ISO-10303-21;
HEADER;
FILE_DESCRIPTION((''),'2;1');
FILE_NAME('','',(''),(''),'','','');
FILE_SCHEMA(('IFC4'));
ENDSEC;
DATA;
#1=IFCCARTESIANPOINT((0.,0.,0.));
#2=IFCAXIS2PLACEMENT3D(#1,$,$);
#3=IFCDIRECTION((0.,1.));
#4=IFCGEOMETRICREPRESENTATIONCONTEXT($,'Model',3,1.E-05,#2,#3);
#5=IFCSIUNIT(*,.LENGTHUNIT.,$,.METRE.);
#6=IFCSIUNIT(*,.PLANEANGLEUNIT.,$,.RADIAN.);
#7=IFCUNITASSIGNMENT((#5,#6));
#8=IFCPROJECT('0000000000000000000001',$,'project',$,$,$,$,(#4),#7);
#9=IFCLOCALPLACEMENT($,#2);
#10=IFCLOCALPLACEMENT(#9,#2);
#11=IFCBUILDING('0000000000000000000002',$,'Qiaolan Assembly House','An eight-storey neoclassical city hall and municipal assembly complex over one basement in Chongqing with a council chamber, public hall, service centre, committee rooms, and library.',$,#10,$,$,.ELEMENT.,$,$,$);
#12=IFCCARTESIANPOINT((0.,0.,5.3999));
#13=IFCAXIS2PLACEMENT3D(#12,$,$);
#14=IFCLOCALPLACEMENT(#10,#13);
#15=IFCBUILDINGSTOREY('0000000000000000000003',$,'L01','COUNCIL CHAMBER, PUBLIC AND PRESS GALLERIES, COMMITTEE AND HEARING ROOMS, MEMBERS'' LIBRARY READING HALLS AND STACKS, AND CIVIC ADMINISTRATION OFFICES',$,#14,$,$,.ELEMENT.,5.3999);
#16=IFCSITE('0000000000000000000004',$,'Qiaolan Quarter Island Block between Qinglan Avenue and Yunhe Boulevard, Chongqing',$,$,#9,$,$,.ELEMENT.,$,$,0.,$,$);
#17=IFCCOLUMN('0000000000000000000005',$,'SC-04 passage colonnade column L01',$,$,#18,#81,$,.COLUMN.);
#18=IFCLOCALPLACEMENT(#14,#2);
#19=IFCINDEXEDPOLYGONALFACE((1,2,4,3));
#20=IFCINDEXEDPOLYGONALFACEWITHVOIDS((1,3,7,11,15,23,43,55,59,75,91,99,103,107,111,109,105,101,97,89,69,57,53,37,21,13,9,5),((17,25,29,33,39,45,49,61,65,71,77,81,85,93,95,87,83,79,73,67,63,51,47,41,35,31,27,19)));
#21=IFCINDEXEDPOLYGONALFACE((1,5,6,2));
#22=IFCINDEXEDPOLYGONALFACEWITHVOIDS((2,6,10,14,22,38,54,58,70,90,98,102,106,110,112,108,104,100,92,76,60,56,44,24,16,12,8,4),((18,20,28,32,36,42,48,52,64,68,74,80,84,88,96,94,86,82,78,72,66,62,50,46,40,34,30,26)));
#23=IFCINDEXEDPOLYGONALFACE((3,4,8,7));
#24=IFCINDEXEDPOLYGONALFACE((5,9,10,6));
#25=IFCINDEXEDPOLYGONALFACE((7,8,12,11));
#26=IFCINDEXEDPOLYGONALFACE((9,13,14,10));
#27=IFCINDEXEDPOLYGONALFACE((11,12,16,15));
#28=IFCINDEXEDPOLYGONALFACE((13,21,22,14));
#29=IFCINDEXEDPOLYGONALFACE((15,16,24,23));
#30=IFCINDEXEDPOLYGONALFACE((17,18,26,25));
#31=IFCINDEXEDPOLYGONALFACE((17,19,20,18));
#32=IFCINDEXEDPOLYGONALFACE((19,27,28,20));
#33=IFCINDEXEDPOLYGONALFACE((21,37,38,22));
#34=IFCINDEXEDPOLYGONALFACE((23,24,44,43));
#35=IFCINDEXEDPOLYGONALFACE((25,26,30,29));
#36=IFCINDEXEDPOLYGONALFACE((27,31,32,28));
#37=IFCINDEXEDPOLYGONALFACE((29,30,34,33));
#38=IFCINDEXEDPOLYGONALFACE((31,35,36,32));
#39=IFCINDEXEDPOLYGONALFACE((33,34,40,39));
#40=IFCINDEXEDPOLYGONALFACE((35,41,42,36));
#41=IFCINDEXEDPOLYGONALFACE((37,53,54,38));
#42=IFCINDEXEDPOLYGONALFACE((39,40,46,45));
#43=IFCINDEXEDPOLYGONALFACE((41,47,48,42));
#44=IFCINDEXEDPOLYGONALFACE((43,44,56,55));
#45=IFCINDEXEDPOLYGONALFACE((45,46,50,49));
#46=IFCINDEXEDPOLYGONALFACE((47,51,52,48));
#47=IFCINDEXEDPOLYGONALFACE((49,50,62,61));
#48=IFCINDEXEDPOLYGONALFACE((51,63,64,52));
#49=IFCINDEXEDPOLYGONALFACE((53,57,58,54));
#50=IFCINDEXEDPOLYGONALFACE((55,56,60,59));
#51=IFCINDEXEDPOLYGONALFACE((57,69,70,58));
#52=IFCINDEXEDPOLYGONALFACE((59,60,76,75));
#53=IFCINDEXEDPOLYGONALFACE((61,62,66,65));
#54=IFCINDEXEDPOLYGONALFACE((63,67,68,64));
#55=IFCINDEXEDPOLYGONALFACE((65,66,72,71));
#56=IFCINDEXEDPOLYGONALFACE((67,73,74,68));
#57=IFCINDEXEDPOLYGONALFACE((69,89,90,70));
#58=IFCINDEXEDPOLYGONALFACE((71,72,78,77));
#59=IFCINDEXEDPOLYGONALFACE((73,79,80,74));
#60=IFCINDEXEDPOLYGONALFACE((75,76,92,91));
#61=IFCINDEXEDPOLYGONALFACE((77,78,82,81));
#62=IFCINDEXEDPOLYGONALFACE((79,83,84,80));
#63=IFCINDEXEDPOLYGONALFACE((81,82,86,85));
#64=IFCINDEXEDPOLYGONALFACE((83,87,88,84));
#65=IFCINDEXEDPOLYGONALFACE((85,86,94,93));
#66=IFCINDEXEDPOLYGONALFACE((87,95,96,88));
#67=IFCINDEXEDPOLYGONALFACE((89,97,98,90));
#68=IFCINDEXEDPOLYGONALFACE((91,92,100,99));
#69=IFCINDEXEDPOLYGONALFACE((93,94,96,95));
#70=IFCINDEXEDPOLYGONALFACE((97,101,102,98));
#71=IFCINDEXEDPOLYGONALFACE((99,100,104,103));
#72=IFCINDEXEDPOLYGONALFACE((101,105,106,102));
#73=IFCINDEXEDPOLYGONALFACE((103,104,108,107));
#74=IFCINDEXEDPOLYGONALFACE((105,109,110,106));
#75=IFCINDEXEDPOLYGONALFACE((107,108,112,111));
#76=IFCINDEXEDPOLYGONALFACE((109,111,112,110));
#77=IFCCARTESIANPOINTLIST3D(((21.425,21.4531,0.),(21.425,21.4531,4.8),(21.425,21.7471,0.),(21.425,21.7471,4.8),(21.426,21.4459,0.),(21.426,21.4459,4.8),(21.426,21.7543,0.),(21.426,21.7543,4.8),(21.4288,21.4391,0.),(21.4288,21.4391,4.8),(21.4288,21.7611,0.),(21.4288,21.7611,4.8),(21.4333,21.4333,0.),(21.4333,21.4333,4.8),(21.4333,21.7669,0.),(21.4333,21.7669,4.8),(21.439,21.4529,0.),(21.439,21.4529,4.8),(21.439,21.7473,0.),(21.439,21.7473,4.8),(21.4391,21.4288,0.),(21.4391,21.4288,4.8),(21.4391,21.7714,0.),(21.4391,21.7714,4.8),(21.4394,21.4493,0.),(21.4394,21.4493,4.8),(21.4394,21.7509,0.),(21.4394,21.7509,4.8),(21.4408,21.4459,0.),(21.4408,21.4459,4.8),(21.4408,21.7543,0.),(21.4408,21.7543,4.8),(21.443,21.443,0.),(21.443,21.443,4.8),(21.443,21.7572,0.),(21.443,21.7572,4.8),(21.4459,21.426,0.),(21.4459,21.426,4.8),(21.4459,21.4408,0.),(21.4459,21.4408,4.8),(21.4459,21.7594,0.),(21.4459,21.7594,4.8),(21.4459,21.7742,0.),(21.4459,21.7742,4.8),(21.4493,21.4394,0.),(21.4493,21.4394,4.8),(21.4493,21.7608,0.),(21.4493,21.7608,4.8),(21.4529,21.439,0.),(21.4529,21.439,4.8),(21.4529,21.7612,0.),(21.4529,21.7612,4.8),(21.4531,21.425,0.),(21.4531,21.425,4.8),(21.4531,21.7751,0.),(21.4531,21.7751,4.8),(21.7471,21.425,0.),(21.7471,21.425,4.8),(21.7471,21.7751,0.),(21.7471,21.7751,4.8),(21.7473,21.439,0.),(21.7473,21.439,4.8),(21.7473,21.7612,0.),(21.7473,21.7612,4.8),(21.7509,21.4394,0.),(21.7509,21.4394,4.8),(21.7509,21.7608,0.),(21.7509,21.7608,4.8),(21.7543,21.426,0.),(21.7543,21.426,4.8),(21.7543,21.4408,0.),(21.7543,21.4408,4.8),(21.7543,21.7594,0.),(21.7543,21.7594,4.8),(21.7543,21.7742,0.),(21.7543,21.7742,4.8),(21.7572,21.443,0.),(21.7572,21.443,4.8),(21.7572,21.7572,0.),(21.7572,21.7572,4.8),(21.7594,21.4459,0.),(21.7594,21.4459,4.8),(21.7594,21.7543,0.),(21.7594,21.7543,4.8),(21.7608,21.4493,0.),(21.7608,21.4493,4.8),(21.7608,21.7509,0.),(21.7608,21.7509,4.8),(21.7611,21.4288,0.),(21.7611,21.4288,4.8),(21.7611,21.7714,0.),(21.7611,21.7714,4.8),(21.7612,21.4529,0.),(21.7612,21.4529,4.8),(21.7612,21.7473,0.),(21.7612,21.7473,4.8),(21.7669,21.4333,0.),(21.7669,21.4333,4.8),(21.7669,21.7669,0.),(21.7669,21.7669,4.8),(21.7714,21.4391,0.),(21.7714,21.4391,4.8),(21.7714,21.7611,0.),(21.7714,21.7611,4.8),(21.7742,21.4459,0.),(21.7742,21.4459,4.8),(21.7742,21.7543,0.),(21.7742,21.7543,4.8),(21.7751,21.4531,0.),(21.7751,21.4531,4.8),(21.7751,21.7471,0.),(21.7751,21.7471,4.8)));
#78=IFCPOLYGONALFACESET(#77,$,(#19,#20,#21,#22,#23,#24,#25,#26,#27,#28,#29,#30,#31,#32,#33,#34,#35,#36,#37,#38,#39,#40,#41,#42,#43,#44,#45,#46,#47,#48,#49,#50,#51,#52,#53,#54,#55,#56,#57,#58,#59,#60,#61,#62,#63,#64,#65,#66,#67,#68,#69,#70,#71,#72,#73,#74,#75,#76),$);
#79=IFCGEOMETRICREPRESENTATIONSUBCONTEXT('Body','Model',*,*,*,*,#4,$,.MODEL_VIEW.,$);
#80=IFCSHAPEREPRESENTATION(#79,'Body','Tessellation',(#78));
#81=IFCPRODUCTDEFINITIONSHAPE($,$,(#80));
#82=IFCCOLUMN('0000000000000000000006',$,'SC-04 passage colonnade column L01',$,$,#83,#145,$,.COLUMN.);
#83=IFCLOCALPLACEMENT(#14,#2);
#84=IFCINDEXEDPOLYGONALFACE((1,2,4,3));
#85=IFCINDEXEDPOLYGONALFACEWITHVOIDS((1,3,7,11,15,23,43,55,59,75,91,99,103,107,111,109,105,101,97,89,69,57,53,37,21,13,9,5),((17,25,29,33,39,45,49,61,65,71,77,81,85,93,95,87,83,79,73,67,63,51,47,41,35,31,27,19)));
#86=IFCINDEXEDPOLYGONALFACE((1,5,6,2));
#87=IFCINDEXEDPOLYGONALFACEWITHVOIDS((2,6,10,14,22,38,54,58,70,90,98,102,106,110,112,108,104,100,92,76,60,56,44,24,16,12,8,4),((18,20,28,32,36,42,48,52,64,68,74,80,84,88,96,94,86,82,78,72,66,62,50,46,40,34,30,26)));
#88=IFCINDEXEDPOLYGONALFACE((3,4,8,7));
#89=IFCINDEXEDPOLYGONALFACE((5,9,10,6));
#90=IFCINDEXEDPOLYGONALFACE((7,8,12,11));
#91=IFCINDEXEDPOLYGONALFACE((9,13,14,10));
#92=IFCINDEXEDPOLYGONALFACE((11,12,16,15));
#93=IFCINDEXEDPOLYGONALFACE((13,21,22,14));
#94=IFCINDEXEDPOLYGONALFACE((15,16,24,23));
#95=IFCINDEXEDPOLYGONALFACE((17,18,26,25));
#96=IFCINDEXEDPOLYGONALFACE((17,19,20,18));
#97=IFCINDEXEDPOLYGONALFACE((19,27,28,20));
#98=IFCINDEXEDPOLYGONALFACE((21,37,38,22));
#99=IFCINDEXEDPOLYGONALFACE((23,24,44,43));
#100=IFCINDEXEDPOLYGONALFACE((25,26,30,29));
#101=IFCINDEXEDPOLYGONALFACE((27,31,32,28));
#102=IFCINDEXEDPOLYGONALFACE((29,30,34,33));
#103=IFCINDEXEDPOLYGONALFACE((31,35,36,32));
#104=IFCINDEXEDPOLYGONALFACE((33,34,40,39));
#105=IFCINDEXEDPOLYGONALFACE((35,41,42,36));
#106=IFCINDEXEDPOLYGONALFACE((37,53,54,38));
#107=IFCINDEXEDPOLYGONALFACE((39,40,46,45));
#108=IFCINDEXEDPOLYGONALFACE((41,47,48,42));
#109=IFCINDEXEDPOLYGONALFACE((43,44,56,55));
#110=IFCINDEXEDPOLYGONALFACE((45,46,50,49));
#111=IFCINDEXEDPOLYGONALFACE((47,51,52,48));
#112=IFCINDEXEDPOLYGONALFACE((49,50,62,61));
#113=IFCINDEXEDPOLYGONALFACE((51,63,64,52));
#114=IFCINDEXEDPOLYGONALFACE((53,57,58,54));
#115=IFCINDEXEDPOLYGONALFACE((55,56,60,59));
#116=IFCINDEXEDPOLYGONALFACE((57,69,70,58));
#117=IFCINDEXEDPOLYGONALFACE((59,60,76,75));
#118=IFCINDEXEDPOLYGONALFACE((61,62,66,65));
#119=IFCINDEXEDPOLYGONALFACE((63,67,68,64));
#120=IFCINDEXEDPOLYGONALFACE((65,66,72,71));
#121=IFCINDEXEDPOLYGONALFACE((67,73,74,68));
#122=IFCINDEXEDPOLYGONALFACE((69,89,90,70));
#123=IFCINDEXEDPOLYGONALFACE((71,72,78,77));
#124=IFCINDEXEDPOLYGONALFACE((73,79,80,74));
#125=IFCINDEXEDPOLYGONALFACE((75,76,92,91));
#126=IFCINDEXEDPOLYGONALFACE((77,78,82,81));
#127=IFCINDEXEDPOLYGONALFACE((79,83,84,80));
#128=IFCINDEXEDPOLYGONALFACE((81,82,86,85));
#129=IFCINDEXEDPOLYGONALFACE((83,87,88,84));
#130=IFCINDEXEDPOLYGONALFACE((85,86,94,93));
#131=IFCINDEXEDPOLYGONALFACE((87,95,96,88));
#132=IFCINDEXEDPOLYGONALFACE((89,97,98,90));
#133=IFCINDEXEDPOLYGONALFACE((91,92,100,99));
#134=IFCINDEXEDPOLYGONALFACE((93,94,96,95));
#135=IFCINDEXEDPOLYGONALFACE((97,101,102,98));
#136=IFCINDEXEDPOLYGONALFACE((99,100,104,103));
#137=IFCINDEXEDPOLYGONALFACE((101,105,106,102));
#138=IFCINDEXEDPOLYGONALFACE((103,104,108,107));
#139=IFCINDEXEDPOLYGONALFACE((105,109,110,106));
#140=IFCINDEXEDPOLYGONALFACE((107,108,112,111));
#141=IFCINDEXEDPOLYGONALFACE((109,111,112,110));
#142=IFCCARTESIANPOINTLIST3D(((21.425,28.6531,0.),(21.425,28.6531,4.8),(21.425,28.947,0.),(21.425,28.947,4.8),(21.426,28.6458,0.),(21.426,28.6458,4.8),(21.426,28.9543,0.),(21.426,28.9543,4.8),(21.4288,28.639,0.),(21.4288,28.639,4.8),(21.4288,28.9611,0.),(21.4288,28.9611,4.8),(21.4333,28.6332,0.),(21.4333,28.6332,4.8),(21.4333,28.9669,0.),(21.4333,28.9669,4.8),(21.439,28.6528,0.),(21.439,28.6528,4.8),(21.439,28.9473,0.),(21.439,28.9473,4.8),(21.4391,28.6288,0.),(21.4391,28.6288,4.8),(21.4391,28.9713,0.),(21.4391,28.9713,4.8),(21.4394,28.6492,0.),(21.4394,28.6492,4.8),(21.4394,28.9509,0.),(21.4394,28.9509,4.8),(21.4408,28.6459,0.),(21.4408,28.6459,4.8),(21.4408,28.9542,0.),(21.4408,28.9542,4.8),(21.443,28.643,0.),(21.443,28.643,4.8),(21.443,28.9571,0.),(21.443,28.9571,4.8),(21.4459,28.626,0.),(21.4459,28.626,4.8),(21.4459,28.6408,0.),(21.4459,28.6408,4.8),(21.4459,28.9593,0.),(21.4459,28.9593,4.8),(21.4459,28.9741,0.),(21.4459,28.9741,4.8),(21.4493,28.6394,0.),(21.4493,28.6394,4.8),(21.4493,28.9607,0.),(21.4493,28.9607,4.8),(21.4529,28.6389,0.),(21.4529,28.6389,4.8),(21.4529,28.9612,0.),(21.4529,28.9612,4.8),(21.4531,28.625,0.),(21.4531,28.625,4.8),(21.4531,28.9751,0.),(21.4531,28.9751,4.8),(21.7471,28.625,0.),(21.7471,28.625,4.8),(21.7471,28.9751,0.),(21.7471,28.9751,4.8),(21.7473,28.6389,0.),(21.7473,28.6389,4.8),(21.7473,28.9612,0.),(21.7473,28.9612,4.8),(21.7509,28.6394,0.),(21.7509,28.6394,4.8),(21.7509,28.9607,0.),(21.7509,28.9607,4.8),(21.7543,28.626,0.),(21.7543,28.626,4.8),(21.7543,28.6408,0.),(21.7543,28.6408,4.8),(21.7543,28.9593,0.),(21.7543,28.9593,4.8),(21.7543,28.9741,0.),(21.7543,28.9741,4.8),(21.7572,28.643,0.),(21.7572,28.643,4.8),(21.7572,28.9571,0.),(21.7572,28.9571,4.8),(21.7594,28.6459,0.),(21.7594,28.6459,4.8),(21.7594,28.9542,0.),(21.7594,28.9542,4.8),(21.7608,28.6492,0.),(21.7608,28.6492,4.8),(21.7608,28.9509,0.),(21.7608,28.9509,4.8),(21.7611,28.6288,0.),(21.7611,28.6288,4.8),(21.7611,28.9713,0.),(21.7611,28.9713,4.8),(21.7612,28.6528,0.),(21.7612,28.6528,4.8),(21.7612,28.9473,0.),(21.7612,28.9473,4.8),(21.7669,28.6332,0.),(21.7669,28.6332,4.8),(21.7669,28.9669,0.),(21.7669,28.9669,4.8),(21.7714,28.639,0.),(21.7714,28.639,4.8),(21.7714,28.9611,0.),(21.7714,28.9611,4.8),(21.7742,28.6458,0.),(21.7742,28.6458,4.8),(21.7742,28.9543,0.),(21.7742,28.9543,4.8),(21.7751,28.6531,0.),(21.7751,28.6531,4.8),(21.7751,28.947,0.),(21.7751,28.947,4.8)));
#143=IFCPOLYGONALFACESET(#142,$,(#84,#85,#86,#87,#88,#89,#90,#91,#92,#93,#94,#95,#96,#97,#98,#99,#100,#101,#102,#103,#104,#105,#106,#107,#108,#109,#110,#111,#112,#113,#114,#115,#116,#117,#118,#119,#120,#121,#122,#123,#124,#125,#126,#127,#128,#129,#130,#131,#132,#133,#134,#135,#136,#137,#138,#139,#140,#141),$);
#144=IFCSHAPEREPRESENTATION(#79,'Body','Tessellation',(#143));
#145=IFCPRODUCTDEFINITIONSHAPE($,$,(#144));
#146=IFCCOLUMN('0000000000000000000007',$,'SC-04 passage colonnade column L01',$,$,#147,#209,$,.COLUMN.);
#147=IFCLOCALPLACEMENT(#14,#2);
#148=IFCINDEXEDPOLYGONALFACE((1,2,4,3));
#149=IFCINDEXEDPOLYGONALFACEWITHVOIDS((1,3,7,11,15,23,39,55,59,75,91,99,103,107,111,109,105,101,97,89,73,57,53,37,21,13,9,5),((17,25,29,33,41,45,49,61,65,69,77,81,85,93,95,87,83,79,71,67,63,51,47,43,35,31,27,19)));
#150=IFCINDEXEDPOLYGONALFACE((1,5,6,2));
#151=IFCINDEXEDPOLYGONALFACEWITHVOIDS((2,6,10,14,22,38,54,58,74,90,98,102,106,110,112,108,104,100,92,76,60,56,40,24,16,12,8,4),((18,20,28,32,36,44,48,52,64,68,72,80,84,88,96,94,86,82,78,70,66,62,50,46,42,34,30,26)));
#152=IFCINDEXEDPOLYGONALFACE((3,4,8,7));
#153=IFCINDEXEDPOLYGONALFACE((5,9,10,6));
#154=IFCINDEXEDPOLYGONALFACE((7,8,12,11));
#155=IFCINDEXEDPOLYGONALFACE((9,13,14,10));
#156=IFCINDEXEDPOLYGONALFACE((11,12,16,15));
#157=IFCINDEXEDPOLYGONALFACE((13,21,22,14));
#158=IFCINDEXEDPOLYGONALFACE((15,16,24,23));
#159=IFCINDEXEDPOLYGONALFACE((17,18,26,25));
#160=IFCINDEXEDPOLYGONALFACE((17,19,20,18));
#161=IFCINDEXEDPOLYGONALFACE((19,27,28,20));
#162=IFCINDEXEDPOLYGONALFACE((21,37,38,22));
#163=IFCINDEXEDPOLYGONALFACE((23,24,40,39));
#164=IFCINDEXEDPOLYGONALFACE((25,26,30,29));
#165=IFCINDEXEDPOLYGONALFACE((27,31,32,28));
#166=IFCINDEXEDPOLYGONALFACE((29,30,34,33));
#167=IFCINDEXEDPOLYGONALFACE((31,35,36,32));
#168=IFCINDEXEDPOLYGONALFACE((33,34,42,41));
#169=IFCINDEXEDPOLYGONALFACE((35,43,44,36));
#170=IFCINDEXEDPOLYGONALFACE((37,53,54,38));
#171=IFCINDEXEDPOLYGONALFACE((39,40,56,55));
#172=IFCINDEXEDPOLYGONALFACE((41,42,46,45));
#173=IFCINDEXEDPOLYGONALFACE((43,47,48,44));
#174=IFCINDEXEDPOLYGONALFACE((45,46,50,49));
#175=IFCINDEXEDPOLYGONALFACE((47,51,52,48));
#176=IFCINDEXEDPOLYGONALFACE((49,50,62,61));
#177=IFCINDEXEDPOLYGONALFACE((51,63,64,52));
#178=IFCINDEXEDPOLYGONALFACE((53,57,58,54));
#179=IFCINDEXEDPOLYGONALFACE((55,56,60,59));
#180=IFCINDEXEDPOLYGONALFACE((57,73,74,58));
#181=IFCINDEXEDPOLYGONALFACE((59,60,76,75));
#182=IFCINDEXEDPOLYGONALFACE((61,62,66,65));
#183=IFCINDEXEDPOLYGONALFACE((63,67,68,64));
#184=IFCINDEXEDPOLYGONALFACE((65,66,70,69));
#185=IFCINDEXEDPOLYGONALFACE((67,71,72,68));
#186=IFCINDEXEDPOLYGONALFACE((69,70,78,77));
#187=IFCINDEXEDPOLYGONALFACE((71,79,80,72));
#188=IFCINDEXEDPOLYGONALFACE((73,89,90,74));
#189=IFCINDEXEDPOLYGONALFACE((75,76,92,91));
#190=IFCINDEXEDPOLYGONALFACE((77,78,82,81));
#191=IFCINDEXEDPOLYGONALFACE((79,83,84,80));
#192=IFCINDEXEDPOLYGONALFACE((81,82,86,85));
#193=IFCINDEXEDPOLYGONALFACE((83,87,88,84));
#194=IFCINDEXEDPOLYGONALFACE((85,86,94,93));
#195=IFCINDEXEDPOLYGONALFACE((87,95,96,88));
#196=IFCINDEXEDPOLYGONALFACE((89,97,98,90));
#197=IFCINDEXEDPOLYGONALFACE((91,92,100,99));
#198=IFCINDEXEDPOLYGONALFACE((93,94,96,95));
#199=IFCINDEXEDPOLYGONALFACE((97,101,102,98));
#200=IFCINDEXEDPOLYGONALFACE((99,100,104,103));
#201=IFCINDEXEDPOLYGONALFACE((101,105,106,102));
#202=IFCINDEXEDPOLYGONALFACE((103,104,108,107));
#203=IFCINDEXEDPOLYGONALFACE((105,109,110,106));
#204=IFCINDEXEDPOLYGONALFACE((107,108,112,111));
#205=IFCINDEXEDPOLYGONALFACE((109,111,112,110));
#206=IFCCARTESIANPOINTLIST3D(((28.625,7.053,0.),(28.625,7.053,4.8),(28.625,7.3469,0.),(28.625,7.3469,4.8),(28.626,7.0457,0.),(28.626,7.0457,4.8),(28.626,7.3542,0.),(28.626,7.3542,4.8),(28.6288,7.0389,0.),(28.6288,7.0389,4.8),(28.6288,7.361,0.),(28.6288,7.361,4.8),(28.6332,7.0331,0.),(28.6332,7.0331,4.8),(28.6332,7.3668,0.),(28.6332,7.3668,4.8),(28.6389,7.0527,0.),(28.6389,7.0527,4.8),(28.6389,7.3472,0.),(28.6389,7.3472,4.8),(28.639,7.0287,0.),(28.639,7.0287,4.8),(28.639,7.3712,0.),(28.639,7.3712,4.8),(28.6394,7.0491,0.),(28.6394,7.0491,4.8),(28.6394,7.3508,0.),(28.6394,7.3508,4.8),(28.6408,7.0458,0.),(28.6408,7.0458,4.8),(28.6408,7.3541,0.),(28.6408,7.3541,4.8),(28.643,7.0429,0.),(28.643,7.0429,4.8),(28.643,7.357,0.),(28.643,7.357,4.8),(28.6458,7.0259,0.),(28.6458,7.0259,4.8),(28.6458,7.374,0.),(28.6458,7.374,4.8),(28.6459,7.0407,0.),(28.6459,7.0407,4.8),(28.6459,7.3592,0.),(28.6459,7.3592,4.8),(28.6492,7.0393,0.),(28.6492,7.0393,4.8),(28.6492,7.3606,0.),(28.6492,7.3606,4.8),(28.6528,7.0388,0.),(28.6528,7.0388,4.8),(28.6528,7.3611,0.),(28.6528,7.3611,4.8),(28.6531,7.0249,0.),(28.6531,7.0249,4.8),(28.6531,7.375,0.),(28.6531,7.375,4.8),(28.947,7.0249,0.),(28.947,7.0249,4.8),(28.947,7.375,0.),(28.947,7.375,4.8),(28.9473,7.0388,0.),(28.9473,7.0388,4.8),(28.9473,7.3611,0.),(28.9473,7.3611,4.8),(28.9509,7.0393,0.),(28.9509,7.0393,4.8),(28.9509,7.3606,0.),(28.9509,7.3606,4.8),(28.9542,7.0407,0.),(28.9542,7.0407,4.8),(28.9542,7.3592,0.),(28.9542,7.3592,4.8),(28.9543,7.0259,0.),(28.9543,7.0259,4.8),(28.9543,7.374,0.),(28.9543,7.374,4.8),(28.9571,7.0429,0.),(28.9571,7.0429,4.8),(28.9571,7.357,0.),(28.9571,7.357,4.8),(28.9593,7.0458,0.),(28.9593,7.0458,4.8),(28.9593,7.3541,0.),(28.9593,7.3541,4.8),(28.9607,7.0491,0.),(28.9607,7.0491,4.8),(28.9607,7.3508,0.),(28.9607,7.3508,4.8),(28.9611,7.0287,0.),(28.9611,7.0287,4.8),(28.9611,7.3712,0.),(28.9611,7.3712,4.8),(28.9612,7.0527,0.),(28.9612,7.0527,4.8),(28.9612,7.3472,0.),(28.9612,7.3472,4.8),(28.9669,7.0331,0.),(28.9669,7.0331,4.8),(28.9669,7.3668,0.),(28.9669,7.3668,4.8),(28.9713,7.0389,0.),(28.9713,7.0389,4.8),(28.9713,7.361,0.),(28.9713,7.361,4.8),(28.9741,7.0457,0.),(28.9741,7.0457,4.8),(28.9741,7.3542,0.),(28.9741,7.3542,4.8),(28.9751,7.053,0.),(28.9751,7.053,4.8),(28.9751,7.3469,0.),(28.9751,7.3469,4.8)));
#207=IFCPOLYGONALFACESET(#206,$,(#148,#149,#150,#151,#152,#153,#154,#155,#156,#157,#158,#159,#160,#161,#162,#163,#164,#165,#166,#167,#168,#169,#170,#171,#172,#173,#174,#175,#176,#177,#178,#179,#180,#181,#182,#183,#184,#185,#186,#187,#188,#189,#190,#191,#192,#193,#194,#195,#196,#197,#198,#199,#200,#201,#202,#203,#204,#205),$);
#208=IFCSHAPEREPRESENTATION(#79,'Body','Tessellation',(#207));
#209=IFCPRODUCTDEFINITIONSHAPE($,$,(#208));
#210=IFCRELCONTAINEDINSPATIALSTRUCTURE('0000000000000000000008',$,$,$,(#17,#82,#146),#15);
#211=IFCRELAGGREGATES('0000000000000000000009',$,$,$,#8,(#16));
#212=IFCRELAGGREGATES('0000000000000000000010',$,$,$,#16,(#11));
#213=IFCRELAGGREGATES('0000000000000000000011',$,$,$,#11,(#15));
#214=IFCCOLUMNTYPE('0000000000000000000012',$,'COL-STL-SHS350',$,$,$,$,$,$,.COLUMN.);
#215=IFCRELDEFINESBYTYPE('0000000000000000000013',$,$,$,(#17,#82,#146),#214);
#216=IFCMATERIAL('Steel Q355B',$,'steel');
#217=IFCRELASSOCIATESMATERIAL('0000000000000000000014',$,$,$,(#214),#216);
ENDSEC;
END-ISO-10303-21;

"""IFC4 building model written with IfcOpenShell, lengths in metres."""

from ifc_helpers import new_model, si_unit, direction, frame, origin, origin_2d, place, context, subcontext, project, spatial, hollow_rectangle, extrude, material, material_profile, profile_set, type_object, element, save


model = new_model("IFC4")

# Units and contexts
model_context = context("Model", 3, precision=1e-05, world=origin(), true_north=direction((0.0, 1.0)))
body_context = subcontext(model_context, "Body", "Model", "MODEL_VIEW")
ifc_project = project(units=[si_unit("LENGTHUNIT", "METRE"), si_unit("PLANEANGLEUNIT", "RADIAN")], contexts=[model_context])

# Site, building, storey
site_placement = place(None, origin())
site = spatial("IfcSite", under=ifc_project, at=site_placement, Name="Qiaolan Quarter Island Block between Qinglan Avenue and Yunhe Boulevard, Chongqing", CompositionType="ELEMENT", RefElevation=0.0)
building_placement = place(site_placement, origin())
building = spatial("IfcBuilding", under=site, at=building_placement, Name="Qiaolan Assembly House", Description="An eight-storey neoclassical city hall and municipal assembly complex over one basement in Chongqing with a council chamber, public hall, service centre, committee rooms, and library.", CompositionType="ELEMENT")
storey_placement = place(building_placement, frame((0.0, 0.0, 5.3999)))
storey = spatial("IfcBuildingStorey", under=building, at=storey_placement, Name="L01", Description="COUNCIL CHAMBER, PUBLIC AND PRESS GALLERIES, COMMITTEE AND HEARING ROOMS, MEMBERS' LIBRARY READING HALLS AND STACKS, AND CIVIC ADMINISTRATION OFFICES", CompositionType="ELEMENT", Elevation=5.3999)

# Columns
ifc_material_1 = material(Name="Steel Q355B", Category="steel")
ifc_material_profile_1 = material_profile(ifc_material_1, hollow_rectangle(XDim=0.3501, YDim=0.3501, WallThickness=0.0139, InnerFilletRadius=0.0139, OuterFilletRadius=0.0281, at=origin_2d()), Name="SHS 350x350x14")
ifc_profile_set_1 = profile_set([ifc_material_profile_1], Name="Steel Q355B")
column_type_1 = type_object("IfcColumnType", Name="COL-STL-SHS350", PredefinedType="COLUMN", material=ifc_profile_set_1)
for number, where, z_axis, x_axis, name in (
    (1, (21.6001, 21.6001, 0.0), (0.0, 0.0, 1.0), (1.0, 0.0, 0.0), "SC-04 passage colonnade column L01"),
    (2, (21.6001, 28.8, 0.0), (0.0, 0.0, 1.0), (1.0, 0.0, 0.0), "SC-04 passage colonnade column L01"),
    (3, (28.8, 7.2, 0.0), (0.0, 0.0, 1.0), (1.0, 0.0, 0.0), "SC-04 passage colonnade column L01"),
):
    element("IfcColumn", number, at=place(storey_placement, frame(where, z_axis=z_axis, x_axis=x_axis)), inside=storey, type_object=column_type_1, Name=name, PredefinedType="COLUMN", context=body_context, shape_type="SweptSolid", body=[
        extrude(hollow_rectangle(XDim=0.3501, YDim=0.3501, WallThickness=0.0139, InnerFilletRadius=0.0139, OuterFilletRadius=0.0281, at=origin_2d()), origin(), (0.0, 0.0, 1.0), 4.8),
    ])

save(model, "model.ifc")
